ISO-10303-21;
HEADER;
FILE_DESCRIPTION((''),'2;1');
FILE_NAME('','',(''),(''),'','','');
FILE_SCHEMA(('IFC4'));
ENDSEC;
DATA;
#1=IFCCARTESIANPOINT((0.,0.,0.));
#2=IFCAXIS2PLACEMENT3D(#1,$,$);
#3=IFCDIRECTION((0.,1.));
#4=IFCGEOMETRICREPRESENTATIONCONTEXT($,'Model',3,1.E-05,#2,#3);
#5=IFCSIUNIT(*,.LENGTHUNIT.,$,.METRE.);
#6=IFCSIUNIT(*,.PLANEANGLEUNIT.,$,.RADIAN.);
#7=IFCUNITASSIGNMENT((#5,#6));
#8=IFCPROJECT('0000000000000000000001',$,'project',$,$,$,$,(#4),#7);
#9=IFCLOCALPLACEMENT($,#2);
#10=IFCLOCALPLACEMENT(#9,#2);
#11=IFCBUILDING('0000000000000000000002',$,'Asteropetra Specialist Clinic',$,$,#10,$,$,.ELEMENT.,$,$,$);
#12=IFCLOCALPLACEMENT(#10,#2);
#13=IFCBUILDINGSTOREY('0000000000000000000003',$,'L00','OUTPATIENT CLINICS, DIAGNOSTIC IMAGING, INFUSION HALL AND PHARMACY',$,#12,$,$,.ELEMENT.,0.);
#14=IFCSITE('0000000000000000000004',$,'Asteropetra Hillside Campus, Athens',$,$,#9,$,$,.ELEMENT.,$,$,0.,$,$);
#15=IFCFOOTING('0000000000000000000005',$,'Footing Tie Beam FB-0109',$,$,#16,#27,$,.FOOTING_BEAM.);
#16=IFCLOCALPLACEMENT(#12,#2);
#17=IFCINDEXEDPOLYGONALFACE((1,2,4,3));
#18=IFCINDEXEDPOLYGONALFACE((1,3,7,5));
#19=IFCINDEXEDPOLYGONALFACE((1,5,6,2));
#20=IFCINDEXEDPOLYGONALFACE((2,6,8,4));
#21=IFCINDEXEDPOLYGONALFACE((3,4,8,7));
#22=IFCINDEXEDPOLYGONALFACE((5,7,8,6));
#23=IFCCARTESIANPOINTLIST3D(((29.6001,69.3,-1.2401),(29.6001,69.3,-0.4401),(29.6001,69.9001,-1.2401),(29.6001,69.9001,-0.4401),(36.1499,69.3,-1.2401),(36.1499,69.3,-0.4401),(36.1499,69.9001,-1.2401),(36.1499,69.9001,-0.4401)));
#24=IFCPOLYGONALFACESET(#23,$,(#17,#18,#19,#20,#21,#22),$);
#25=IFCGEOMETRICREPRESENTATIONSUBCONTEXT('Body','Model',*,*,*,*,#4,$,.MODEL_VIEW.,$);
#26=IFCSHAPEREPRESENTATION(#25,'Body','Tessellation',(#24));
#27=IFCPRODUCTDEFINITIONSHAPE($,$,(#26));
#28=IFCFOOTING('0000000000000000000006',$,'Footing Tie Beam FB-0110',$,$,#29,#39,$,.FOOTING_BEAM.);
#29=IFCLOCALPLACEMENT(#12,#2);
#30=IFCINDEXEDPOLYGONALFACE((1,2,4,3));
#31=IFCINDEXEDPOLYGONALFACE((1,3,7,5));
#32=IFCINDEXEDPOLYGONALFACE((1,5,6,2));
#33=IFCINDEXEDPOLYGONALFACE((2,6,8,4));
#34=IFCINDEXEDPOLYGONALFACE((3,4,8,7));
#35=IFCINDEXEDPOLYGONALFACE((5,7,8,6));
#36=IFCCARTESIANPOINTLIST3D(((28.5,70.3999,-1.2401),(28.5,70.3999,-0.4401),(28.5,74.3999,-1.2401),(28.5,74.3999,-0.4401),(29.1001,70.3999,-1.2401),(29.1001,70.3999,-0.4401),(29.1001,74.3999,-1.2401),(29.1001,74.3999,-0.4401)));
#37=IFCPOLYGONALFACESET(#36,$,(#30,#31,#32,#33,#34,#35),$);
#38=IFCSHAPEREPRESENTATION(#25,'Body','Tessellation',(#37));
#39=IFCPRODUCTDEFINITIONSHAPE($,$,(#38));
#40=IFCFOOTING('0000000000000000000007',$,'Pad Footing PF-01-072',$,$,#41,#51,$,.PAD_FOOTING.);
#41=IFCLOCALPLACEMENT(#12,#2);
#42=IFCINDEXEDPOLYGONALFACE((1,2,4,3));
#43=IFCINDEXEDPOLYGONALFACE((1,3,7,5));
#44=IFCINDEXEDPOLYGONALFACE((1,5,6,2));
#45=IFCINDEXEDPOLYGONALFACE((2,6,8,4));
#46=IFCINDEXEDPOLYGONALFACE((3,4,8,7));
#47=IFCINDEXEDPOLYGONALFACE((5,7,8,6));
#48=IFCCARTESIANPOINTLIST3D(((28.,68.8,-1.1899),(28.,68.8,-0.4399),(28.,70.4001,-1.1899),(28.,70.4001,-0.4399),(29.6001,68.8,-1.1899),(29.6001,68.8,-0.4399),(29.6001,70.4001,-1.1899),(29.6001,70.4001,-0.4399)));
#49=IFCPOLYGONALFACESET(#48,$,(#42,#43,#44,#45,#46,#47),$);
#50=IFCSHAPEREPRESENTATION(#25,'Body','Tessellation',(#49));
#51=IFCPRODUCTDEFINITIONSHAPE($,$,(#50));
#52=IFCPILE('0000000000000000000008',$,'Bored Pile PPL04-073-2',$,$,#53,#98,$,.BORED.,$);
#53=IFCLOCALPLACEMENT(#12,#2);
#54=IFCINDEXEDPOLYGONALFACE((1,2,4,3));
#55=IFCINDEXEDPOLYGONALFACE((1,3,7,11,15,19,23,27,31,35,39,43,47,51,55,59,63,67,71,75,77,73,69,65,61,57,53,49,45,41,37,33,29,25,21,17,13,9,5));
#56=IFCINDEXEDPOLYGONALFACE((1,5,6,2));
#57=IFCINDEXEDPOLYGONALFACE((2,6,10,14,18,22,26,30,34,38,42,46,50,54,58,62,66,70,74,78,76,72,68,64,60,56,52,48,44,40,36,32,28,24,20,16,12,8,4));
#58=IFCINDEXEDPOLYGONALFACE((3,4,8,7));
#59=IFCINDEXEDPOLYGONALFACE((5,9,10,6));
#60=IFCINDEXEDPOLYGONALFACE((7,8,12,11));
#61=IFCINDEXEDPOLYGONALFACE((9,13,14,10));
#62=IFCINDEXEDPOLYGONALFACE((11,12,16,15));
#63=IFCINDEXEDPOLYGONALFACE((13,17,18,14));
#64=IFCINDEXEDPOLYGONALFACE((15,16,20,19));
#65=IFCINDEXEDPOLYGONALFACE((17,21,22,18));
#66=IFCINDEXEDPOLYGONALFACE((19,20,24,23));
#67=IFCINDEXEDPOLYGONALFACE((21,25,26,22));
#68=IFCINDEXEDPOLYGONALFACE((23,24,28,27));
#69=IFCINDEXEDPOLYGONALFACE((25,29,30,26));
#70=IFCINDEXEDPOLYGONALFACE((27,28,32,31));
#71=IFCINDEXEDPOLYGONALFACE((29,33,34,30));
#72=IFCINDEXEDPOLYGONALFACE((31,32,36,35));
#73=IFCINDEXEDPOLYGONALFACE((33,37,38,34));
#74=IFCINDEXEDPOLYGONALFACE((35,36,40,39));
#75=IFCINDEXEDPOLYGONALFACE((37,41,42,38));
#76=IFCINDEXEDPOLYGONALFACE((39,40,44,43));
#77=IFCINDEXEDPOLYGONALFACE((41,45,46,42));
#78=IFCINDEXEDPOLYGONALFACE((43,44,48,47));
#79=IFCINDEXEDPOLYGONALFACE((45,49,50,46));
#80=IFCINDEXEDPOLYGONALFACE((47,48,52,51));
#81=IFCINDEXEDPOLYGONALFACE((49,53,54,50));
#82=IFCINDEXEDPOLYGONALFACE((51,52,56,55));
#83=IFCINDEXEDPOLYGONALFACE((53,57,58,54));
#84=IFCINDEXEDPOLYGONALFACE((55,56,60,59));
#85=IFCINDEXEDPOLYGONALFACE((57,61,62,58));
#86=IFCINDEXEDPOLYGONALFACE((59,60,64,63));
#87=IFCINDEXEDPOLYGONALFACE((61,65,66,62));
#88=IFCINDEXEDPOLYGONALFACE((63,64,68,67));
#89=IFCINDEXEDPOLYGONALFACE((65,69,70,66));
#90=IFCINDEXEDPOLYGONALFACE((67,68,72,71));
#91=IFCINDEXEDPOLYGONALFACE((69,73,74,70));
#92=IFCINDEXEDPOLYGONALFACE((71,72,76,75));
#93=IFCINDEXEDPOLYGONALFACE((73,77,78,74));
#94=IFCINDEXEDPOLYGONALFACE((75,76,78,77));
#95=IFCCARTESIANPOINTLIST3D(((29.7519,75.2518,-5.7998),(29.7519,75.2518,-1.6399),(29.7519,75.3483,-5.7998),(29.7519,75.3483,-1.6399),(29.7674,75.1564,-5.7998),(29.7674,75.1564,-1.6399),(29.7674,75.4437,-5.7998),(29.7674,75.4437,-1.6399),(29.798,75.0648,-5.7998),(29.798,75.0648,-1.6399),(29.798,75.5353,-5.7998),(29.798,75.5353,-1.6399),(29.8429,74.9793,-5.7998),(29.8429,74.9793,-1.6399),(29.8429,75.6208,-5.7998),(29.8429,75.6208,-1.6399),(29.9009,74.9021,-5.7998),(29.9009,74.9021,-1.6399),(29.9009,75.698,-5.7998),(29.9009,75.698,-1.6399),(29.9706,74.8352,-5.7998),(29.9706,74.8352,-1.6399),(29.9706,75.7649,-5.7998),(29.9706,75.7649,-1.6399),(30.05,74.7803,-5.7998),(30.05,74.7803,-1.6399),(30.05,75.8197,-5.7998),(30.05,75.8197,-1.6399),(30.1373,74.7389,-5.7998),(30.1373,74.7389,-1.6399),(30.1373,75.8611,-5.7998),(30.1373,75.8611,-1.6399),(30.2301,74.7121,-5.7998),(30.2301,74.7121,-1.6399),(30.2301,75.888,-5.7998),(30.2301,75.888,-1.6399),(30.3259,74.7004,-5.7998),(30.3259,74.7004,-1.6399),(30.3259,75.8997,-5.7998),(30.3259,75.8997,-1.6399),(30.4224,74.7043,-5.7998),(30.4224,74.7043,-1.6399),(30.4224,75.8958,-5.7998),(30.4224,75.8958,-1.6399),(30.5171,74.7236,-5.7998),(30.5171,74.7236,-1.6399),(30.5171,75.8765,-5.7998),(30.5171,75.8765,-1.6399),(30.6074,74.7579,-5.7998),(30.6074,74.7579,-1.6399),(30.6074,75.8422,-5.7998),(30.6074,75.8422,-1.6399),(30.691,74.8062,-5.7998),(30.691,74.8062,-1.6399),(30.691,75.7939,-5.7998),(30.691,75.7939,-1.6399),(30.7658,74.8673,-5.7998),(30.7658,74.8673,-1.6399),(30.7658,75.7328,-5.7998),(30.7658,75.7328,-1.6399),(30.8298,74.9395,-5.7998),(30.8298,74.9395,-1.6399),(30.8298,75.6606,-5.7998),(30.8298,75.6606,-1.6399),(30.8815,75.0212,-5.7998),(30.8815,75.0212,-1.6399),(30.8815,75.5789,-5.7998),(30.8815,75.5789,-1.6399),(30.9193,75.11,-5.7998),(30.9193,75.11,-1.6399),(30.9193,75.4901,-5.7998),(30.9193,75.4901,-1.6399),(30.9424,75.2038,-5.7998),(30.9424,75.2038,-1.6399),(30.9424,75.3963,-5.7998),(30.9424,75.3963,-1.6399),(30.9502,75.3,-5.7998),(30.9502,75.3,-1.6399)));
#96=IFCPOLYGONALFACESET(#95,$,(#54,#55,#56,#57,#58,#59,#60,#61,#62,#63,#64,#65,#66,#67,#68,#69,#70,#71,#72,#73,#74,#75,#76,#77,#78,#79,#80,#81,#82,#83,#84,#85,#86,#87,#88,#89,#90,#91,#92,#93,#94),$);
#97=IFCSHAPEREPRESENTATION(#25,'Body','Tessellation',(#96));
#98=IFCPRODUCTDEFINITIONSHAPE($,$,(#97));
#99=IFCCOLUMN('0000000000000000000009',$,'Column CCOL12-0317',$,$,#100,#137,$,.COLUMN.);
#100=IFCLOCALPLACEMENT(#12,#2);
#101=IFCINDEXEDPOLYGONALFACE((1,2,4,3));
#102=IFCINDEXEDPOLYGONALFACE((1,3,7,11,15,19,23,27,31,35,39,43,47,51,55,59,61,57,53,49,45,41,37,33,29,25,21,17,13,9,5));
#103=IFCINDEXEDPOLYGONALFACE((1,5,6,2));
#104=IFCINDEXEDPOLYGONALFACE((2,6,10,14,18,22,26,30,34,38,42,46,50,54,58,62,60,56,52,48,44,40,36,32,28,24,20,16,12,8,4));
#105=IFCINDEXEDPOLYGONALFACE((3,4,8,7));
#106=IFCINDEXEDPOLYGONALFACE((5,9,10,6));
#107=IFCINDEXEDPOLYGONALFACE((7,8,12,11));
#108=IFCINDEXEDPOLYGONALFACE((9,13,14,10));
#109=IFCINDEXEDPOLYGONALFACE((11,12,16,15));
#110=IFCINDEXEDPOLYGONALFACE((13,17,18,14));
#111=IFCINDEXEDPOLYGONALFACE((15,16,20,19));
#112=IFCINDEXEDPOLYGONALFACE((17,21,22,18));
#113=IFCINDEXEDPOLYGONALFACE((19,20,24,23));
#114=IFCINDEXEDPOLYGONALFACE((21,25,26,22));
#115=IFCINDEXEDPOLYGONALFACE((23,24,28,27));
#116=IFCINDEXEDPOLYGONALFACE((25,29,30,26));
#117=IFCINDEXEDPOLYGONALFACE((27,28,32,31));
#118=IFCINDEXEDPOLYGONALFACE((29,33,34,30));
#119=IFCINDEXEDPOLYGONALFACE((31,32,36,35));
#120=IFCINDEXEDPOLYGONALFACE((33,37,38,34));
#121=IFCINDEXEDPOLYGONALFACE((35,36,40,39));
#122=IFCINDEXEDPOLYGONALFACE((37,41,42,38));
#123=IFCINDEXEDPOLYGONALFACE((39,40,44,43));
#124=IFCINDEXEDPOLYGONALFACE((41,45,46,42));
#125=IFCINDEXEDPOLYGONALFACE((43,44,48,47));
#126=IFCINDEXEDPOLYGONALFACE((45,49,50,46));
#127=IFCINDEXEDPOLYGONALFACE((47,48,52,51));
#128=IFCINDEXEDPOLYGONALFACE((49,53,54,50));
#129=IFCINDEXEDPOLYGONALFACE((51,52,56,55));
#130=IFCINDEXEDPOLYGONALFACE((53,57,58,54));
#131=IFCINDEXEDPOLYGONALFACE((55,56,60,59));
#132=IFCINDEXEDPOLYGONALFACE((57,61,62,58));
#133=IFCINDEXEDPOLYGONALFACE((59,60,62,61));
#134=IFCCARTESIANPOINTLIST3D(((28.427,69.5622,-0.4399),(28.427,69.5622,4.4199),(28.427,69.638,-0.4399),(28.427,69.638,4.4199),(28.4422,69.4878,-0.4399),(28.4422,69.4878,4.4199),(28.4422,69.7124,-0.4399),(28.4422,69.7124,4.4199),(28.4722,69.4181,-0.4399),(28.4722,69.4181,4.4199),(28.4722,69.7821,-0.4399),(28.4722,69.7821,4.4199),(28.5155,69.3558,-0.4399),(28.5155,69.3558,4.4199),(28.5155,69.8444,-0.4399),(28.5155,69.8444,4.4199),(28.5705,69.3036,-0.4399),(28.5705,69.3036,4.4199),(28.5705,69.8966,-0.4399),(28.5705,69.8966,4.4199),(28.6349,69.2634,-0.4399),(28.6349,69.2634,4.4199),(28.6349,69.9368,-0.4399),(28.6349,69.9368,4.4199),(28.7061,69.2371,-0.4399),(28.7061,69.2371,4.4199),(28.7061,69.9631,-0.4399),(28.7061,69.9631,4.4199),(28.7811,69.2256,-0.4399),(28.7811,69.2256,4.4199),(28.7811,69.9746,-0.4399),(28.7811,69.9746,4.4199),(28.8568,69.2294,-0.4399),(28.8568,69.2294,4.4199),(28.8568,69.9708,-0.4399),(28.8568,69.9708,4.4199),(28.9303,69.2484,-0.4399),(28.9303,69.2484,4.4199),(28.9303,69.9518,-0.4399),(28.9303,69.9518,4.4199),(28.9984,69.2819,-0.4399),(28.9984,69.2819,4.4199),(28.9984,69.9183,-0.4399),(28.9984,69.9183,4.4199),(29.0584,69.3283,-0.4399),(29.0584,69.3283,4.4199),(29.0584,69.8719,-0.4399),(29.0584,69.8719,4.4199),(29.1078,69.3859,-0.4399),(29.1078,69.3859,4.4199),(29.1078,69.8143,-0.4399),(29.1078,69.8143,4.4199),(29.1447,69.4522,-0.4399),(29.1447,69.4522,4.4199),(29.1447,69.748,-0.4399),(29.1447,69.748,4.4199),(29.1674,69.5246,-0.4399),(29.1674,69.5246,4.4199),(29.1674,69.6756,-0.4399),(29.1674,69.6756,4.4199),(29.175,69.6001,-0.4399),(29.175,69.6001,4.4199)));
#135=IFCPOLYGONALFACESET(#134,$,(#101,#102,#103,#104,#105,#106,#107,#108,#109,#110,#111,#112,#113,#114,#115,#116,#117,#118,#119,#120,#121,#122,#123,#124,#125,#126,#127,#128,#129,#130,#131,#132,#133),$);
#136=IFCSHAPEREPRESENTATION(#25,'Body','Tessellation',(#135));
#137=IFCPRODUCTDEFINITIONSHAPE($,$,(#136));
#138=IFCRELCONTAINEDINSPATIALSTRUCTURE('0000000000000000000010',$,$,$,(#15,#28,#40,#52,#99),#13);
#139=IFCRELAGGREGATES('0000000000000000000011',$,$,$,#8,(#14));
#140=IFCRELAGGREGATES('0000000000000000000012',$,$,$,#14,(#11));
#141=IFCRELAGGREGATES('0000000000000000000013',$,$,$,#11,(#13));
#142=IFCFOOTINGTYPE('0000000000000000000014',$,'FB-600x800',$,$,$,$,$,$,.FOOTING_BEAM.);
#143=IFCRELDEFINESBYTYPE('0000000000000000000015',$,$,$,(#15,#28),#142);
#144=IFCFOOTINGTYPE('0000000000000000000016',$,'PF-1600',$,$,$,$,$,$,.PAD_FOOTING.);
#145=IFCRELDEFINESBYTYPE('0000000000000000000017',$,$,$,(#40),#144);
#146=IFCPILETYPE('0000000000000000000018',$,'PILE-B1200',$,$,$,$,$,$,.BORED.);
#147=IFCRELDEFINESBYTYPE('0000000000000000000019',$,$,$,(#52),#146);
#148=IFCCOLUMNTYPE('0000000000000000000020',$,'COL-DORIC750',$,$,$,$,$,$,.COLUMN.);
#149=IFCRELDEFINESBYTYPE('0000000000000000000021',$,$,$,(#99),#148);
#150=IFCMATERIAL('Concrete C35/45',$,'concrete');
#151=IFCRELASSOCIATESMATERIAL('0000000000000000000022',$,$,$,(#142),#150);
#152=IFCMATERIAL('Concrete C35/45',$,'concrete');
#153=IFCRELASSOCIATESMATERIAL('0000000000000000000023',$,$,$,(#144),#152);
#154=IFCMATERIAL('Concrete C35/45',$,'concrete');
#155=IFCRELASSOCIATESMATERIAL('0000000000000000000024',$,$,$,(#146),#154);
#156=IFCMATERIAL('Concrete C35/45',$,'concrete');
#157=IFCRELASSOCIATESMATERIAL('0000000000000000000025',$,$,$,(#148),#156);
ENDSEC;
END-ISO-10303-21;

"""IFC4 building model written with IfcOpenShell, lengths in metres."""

from ifc_helpers import new_model, si_unit, direction, frame, origin, origin_2d, place, context, subcontext, project, spatial, rectangle, circle, extrude, material, material_profile, profile_set, type_object, element, save


model = new_model("IFC4")

# Units and contexts
model_context = context("Model", 3, precision=1e-05, world=origin(), true_north=direction((0.0, 1.0)))
body_context = subcontext(model_context, "Body", "Model", "MODEL_VIEW")
ifc_project = project(units=[si_unit("LENGTHUNIT", "METRE"), si_unit("PLANEANGLEUNIT", "RADIAN")], contexts=[model_context])

# Site, building, storey
site_placement = place(None, origin())
site = spatial("IfcSite", under=ifc_project, at=site_placement, Name="Asteropetra Hillside Campus, Athens", CompositionType="ELEMENT", RefElevation=0.0)
building_placement = place(site_placement, origin())
building = spatial("IfcBuilding", under=site, at=building_placement, Name="Asteropetra Specialist Clinic", CompositionType="ELEMENT")
storey_placement = place(building_placement, origin())
storey = spatial("IfcBuildingStorey", under=building, at=storey_placement, Name="L00", Description="OUTPATIENT CLINICS, DIAGNOSTIC IMAGING, INFUSION HALL AND PHARMACY", CompositionType="ELEMENT", Elevation=0.0)

# Footings
ifc_material_1 = material(Name="Concrete C35/45", Category="concrete")
ifc_material_profile_1 = material_profile(ifc_material_1, rectangle(XDim=0.6001, YDim=0.8, at=origin_2d()), Name="FB 600x800")
ifc_profile_set_1 = profile_set([ifc_material_profile_1], Name="Concrete C35/45")
footing_type_1 = type_object("IfcFootingType", Name="FB-600x800", PredefinedType="FOOTING_BEAM", material=ifc_profile_set_1)
footing_1_placement = place(storey_placement, frame((29.6001, 69.6001, -0.8401), z_axis=(1.0, 0.0, 0.0), x_axis=(0.0, 1.0, 0.0)))
element("IfcFooting", 1, at=footing_1_placement, inside=storey, type_object=footing_type_1, Name="Footing Tie Beam FB-0109", PredefinedType="FOOTING_BEAM", context=body_context, shape_type="SweptSolid", body=[
    extrude(rectangle(XDim=0.6001, YDim=0.8, at=origin_2d()), origin(), (0.0, 0.0, 1.0), 6.5498),
])
footing_2_placement = place(storey_placement, frame((28.8, 70.3999, -0.8401), z_axis=(0.0, 1.0, 0.0), x_axis=(-1.0, 0.0, 0.0)))
element("IfcFooting", 2, at=footing_2_placement, inside=storey, type_object=footing_type_1, Name="Footing Tie Beam FB-0110", PredefinedType="FOOTING_BEAM", context=body_context, shape_type="SweptSolid", body=[
    extrude(rectangle(XDim=0.6001, YDim=0.8, at=origin_2d()), origin(), (0.0, 0.0, 1.0), 4.0),
])
ifc_material_2 = material(Name="Concrete C35/45", Category="concrete")
footing_type_2 = type_object("IfcFootingType", Name="PF-1600", PredefinedType="PAD_FOOTING", material=ifc_material_2)
footing_3_placement = place(storey_placement, frame((28.8, 69.6001, -1.1899), z_axis=(0.0, 0.0, 1.0), x_axis=(1.0, 0.0, 0.0)))
element("IfcFooting", 3, at=footing_3_placement, inside=storey, type_object=footing_type_2, Name="Pad Footing PF-01-072", PredefinedType="PAD_FOOTING", context=body_context, shape_type="SweptSolid", body=[
    extrude(rectangle(XDim=1.6001, YDim=1.6001, at=origin_2d()), origin(), (0.0, 0.0, 1.0), 0.75),
])

# Pile
ifc_material_3 = material(Name="Concrete C35/45", Category="concrete")
ifc_material_profile_2 = material_profile(ifc_material_3, circle(Radius=0.6001, at=origin_2d()), Name="PILE D1200")
ifc_profile_set_2 = profile_set([ifc_material_profile_2], Name="Concrete C35/45")
pile_type = type_object("IfcPileType", Name="PILE-B1200", PredefinedType="BORED", material=ifc_profile_set_2)
pile_placement = place(storey_placement, frame((30.3501, 75.3, -1.6399), z_axis=(0.0, 0.0, -1.0), x_axis=(1.0, 0.0, 0.0)))
element("IfcPile", 4, at=pile_placement, inside=storey, type_object=pile_type, Name="Bored Pile PPL04-073-2", PredefinedType="BORED", context=body_context, shape_type="SweptSolid", body=[
    extrude(circle(Radius=0.6001, at=origin_2d()), origin(), (0.0, 0.0, 1.0), 4.1599),
])

# Column
ifc_material_4 = material(Name="Concrete C35/45", Category="concrete")
ifc_material_profile_3 = material_profile(ifc_material_4, circle(Radius=0.375, at=origin_2d()), Name="RCC D750")
ifc_profile_set_3 = profile_set([ifc_material_profile_3], Name="Concrete C35/45")
column_type = type_object("IfcColumnType", Name="COL-DORIC750", PredefinedType="COLUMN", material=ifc_profile_set_3)
column_placement = place(storey_placement, frame((28.8, 69.6001, -0.4399), z_axis=(0.0, 0.0, 1.0), x_axis=(1.0, 0.0, 0.0)))
element("IfcColumn", 5, at=column_placement, inside=storey, type_object=column_type, Name="Column CCOL12-0317", PredefinedType="COLUMN", context=body_context, shape_type="SweptSolid", body=[
    extrude(circle(Radius=0.375, at=origin_2d()), origin(), (0.0, 0.0, 1.0), 4.8599),
])

save(model, "model.ifc")
